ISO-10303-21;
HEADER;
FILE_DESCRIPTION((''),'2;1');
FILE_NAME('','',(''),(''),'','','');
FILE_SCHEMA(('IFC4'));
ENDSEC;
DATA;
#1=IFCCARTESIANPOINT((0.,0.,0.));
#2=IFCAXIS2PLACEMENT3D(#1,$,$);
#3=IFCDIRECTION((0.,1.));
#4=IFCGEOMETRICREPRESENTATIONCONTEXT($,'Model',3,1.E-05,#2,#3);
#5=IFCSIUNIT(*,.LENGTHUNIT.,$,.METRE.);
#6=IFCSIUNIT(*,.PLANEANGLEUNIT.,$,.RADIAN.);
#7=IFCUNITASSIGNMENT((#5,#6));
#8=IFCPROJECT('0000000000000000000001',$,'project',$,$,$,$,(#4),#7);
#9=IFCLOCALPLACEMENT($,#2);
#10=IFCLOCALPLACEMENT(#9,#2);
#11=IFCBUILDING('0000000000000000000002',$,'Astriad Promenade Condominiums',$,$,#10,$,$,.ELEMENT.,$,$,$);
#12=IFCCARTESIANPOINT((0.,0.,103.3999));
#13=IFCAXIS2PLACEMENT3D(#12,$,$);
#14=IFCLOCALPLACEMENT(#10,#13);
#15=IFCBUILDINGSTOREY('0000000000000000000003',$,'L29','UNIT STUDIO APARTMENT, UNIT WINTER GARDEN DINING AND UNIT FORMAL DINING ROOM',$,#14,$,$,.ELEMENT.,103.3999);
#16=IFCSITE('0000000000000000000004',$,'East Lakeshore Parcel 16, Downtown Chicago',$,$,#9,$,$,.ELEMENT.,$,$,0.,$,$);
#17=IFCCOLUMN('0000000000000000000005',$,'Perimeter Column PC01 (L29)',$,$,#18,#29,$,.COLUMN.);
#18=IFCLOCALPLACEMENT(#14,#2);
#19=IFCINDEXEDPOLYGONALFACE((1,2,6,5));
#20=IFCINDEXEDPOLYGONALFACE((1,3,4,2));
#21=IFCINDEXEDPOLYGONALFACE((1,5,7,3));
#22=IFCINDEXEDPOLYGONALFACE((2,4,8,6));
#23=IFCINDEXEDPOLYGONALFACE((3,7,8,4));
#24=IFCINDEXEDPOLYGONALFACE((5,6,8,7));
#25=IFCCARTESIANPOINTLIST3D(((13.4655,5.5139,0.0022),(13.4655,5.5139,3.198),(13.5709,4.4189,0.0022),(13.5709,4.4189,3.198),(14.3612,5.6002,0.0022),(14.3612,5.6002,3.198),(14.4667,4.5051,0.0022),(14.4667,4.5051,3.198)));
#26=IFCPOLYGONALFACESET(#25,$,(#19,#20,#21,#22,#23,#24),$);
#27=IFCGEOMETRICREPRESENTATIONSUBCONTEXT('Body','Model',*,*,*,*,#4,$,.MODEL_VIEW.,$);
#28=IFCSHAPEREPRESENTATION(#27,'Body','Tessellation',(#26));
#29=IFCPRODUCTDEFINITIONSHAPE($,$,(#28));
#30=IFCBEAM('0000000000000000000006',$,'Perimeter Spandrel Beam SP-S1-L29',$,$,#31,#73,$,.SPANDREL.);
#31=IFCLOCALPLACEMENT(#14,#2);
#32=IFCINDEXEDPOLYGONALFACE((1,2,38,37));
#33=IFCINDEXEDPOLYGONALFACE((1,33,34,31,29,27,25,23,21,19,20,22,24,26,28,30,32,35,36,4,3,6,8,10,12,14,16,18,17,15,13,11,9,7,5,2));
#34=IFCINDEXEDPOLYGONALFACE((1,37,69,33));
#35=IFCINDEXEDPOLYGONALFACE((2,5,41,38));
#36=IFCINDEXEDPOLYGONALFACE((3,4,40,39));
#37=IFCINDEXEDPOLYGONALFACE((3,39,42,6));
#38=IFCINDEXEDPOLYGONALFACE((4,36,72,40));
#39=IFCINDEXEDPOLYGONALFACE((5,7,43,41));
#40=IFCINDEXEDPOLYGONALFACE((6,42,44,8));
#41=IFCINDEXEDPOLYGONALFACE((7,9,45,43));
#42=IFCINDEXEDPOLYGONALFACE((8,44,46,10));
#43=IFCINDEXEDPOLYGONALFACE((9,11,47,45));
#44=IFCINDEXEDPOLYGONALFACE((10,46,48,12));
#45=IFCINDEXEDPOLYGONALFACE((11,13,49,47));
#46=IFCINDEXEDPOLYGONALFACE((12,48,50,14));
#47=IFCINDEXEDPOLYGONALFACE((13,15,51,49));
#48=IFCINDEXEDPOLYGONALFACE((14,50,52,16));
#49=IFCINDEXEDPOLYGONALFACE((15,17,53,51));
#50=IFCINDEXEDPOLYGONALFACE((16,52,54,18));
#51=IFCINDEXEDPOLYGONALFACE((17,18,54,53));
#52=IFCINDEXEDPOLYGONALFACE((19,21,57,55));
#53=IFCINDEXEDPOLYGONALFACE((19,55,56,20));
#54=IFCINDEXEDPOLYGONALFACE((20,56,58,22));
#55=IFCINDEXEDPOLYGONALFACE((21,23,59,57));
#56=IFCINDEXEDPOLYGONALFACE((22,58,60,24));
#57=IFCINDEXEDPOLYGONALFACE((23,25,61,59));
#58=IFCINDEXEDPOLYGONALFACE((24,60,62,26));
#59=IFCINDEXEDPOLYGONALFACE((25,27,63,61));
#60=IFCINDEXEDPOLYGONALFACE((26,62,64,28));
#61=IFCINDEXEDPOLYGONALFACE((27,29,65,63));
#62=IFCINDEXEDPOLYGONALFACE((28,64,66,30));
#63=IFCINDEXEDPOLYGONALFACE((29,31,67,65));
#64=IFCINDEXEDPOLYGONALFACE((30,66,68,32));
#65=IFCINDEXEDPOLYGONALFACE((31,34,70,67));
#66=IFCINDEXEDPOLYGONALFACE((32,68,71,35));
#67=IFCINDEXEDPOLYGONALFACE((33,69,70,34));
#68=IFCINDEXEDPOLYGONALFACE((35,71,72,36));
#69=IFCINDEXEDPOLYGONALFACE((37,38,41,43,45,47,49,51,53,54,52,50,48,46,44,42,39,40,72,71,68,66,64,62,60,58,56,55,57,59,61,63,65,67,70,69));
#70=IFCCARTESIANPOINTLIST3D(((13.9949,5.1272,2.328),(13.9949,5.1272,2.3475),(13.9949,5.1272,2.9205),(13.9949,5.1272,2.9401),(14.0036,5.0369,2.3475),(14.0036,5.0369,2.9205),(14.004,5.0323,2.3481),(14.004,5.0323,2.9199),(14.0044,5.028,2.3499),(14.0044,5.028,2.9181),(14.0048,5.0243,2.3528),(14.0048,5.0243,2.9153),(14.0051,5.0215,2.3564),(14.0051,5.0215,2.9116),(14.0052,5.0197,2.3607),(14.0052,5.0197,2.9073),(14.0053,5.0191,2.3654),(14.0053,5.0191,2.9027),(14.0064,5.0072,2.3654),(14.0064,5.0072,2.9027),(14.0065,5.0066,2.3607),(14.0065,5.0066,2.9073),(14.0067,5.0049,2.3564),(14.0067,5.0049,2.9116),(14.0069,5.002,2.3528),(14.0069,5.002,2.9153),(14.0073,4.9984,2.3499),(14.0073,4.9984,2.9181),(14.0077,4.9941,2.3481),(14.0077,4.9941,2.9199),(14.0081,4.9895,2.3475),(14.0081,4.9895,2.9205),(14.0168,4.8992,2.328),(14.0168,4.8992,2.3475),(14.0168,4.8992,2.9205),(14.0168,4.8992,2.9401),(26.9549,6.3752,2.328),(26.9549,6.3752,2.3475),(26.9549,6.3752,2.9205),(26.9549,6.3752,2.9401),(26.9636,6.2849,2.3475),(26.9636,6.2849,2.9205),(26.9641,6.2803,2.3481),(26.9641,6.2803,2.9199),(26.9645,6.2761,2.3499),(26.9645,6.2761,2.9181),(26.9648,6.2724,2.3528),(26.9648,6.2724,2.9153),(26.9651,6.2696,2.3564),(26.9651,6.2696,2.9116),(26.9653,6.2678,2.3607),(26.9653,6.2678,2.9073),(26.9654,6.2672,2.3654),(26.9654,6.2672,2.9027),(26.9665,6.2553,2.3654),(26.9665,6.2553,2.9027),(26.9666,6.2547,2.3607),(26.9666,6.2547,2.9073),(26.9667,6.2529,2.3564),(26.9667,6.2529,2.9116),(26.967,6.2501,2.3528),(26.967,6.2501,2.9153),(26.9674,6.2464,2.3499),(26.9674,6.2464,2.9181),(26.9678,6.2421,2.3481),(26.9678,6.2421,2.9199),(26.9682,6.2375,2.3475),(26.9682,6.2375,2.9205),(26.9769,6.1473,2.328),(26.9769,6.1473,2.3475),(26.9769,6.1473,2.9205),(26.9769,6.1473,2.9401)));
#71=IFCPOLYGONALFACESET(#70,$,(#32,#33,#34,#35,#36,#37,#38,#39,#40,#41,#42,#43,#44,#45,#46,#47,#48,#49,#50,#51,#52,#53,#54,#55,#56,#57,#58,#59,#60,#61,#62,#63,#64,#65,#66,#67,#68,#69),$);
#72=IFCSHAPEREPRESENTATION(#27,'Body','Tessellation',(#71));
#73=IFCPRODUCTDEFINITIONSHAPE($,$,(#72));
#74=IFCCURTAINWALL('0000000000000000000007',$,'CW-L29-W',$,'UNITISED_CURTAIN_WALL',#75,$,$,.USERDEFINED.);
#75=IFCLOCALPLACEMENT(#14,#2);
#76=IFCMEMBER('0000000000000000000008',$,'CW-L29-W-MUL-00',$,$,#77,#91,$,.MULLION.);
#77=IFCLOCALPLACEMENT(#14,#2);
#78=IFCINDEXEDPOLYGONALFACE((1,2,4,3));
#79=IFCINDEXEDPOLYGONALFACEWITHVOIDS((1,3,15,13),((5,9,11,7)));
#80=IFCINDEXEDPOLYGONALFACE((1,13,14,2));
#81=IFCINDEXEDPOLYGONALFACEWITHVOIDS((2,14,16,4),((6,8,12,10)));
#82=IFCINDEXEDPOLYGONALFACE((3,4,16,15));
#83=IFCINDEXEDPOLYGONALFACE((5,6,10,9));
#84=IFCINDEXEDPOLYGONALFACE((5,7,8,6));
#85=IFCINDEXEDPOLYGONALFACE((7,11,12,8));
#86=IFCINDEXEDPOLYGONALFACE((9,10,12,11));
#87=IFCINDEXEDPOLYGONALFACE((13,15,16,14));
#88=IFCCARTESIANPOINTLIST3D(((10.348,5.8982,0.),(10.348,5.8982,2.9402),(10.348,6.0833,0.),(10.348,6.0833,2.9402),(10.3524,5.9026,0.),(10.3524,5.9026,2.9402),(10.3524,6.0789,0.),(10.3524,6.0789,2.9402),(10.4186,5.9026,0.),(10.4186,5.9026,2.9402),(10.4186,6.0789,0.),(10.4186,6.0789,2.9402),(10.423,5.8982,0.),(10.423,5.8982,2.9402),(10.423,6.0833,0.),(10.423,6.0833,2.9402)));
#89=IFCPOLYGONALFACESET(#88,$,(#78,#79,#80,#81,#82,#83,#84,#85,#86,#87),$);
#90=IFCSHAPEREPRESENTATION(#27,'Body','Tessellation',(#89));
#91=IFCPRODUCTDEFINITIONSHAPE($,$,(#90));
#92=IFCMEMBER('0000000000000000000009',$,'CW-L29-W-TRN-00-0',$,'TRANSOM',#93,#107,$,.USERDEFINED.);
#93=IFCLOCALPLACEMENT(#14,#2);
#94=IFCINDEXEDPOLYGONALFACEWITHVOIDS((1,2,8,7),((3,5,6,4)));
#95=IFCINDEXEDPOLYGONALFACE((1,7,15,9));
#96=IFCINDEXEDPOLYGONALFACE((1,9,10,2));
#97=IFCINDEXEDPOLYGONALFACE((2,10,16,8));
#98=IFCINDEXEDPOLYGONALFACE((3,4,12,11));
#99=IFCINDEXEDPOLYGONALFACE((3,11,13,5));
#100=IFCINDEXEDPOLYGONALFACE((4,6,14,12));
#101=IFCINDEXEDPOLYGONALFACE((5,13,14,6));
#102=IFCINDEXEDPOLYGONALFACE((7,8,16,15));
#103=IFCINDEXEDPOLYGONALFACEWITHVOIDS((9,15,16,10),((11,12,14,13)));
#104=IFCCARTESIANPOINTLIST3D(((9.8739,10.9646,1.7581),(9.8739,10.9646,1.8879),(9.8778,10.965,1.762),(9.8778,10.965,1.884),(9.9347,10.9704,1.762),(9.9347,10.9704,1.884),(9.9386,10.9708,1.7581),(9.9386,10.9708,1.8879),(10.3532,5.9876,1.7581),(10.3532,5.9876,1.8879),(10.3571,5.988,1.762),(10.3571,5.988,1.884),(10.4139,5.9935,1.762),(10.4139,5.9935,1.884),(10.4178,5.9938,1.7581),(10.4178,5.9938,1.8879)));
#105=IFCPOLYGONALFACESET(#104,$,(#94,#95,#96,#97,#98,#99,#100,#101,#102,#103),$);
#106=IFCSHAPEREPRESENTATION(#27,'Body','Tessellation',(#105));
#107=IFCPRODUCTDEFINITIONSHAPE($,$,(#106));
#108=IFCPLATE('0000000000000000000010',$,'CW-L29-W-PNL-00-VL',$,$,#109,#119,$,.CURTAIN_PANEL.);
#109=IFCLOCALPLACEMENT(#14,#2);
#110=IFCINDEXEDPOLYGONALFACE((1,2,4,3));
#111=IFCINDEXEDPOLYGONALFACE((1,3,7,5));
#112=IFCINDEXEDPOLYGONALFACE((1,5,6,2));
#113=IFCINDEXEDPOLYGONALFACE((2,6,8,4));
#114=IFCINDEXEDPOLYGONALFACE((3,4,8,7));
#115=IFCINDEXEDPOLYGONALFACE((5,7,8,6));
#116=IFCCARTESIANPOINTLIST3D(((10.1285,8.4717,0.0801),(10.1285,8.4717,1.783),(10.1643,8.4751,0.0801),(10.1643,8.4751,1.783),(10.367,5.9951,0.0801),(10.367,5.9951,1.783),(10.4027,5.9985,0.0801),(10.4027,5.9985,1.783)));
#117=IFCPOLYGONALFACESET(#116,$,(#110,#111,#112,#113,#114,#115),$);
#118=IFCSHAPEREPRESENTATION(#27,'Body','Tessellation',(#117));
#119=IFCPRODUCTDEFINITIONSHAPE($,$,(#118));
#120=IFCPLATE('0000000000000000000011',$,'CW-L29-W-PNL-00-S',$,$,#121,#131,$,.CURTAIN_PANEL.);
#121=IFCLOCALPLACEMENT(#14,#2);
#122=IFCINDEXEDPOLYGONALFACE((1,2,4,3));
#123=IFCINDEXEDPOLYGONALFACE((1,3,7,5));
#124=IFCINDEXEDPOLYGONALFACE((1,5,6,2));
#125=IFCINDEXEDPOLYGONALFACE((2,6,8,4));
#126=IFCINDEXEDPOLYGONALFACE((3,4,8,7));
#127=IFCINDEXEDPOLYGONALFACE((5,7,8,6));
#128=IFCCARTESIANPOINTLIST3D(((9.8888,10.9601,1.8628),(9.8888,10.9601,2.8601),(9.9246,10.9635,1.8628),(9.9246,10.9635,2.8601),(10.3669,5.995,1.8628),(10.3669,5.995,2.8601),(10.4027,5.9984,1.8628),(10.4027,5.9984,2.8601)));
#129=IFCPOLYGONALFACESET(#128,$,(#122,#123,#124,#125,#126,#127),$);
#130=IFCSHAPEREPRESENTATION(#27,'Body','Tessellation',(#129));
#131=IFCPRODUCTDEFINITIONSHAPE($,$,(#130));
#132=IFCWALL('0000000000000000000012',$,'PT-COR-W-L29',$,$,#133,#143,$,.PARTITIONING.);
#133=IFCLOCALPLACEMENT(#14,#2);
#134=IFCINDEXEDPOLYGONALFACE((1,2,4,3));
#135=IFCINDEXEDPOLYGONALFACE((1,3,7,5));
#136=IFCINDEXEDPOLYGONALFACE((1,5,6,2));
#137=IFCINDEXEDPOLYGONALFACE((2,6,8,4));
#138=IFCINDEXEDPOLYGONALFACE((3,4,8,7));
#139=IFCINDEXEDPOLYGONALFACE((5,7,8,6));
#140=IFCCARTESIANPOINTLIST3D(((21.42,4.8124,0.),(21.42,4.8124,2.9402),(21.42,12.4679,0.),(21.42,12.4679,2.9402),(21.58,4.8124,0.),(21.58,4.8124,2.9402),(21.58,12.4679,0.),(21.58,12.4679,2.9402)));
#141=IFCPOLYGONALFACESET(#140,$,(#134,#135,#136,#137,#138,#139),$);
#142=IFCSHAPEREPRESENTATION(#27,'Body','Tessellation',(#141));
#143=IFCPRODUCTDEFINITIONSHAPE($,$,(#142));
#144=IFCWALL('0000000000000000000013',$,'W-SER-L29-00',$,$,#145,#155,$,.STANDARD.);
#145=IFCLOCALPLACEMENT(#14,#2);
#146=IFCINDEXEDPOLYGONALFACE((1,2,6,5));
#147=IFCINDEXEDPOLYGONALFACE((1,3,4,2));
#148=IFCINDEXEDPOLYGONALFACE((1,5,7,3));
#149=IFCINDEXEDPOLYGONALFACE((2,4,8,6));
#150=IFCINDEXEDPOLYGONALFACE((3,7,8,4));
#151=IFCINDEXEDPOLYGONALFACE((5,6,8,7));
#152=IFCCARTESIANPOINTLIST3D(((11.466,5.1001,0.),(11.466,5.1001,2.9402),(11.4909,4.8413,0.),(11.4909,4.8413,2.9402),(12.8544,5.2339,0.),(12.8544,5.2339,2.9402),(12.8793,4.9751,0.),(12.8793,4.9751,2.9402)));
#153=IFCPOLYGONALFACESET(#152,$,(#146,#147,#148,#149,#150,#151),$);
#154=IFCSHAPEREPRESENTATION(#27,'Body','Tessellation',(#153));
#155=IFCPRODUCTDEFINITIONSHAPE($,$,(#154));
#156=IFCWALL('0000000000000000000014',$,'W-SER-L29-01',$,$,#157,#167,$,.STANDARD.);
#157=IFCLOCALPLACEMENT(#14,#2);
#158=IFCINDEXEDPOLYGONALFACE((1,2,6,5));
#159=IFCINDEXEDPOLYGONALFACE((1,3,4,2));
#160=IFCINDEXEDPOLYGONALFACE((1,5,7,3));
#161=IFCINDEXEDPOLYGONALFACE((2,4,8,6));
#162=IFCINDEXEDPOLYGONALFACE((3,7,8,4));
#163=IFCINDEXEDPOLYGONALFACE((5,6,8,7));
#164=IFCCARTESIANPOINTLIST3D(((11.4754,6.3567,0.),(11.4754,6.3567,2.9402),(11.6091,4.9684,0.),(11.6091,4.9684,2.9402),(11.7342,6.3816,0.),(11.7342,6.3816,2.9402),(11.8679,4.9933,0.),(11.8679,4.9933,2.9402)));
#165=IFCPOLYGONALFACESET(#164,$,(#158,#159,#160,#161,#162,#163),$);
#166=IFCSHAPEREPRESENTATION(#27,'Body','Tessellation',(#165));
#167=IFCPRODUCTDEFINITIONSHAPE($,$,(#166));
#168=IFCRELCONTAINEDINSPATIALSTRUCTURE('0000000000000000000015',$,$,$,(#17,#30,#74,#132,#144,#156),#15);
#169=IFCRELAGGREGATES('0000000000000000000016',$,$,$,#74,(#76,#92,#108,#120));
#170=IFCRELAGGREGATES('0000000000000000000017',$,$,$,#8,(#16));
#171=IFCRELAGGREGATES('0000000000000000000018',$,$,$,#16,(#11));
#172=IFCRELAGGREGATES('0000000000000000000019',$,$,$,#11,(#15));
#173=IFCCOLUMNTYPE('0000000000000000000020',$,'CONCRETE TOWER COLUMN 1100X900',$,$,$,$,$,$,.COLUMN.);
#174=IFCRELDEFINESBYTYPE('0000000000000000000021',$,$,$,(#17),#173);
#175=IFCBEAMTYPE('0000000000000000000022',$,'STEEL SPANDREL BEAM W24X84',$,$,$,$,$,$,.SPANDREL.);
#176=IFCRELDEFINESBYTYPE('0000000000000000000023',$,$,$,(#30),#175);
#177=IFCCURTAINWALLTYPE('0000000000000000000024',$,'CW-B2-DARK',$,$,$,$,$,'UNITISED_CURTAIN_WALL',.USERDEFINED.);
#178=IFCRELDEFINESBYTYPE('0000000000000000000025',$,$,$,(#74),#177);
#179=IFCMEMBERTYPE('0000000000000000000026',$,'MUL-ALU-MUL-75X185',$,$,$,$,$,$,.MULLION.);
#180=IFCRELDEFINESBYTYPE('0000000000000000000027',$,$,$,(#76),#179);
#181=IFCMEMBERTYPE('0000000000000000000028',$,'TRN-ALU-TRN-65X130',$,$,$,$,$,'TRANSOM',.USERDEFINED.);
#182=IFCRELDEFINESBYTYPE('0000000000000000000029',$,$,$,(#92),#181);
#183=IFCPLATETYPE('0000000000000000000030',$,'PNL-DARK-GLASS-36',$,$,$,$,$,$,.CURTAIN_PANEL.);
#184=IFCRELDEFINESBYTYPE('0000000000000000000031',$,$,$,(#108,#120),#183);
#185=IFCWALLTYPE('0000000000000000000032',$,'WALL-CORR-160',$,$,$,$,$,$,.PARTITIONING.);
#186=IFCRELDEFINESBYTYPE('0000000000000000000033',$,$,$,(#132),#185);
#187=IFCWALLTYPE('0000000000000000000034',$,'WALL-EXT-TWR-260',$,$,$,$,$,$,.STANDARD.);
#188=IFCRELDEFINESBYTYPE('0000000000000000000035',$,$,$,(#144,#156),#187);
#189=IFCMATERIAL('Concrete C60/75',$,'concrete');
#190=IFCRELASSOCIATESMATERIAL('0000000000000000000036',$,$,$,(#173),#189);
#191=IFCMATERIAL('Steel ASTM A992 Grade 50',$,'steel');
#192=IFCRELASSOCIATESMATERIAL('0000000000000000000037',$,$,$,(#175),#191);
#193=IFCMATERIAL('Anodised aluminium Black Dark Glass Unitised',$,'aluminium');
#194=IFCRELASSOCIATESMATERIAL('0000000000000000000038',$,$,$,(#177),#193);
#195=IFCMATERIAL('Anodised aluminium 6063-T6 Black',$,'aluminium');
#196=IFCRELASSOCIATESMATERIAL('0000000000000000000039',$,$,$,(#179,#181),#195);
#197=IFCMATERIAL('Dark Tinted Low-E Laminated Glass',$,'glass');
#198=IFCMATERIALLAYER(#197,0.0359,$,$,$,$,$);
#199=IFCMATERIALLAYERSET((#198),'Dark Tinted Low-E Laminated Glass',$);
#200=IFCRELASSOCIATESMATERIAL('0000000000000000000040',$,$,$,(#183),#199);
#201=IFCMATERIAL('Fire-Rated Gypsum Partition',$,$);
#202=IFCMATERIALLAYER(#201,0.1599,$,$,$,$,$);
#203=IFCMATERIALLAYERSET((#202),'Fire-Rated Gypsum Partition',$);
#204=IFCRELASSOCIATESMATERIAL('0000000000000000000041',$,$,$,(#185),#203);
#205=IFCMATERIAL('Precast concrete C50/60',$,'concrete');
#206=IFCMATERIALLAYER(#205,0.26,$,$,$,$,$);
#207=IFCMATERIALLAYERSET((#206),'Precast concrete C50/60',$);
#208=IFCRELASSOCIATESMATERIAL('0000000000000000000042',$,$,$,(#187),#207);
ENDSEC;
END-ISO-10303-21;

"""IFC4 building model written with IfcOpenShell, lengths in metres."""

from ifc_helpers import new_model, si_unit, direction, frame, frame_2d, origin, origin_2d, place, context, subcontext, project, spatial, rectangle, hollow_rectangle, i_section, extrude, source, transform, mapped, material, layer, layer_set, material_profile, profile_set, type_object, type_shapes, element, aggregate, save


model = new_model("IFC4")

# Units and contexts
model_context = context("Model", 3, precision=1e-05, world=origin(), true_north=direction((0.0, 1.0)))
body_context = subcontext(model_context, "Body", "Model", "MODEL_VIEW")
ifc_project = project(units=[si_unit("LENGTHUNIT", "METRE"), si_unit("PLANEANGLEUNIT", "RADIAN")], contexts=[model_context])

# Site, building, storey
site_placement = place(None, origin())
site = spatial("IfcSite", under=ifc_project, at=site_placement, Name="East Lakeshore Parcel 16, Downtown Chicago", CompositionType="ELEMENT", RefElevation=0.0)
building_placement = place(site_placement, origin())
building = spatial("IfcBuilding", under=site, at=building_placement, Name="Astriad Promenade Condominiums", CompositionType="ELEMENT")
storey_placement = place(building_placement, frame((0.0, 0.0, 103.3999)))
storey = spatial("IfcBuildingStorey", under=building, at=storey_placement, Name="L29", Description="UNIT STUDIO APARTMENT, UNIT WINTER GARDEN DINING AND UNIT FORMAL DINING ROOM", CompositionType="ELEMENT", Elevation=103.3999)

# Column
ifc_material_1 = material(Name="Concrete C60/75", Category="concrete")
ifc_material_profile_1 = material_profile(ifc_material_1, rectangle(XDim=0.8999, YDim=1.1001, at=origin_2d()), Name="RC-COL-1100X900")
ifc_profile_set_1 = profile_set([ifc_material_profile_1], Name="Concrete C60/75")
column_type = type_object("IfcColumnType", Name="CONCRETE TOWER COLUMN 1100X900", PredefinedType="COLUMN", material=ifc_profile_set_1)
shared_shape_1 = source(origin(), body_context, "Body", "SweptSolid", [
    extrude(rectangle(XDim=0.8999, YDim=1.1001, at=origin_2d()), origin(), (0.0, 0.0, 1.0), 3.1958),
])
type_shapes(column_type, [shared_shape_1])
column_placement = place(storey_placement, frame((13.9661, 5.0095, 0.0022), z_axis=(0.0, 0.0, 1.0), x_axis=(0.995396, 0.095846, 0.0)))
element("IfcColumn", 1, at=column_placement, inside=storey, type_object=column_type, Name="Perimeter Column PC01 (L29)", PredefinedType="COLUMN", context=body_context, shape_type="MappedRepresentation", body=[
    mapped(shared_shape_1, transform((0.0, 0.0, 0.0), scale=1.0)),
])

# Beam
ifc_material_2 = material(Name="Steel ASTM A992 Grade 50", Category="steel")
ifc_material_profile_2 = material_profile(ifc_material_2, i_section(OverallWidth=0.229, OverallDepth=0.6121, WebThickness=0.012, FlangeThickness=0.0195, FilletRadius=0.0178, at=origin_2d()), Name="W24X84")
ifc_profile_set_2 = profile_set([ifc_material_profile_2], Name="Steel ASTM A992 Grade 50")
beam_type = type_object("IfcBeamType", Name="STEEL SPANDREL BEAM W24X84", PredefinedType="SPANDREL", material=ifc_profile_set_2)
shared_shape_2 = source(origin(), body_context, "Body", "SweptSolid", [
    extrude(i_section(OverallWidth=0.229, OverallDepth=0.6121, WebThickness=0.012, FlangeThickness=0.0195, FilletRadius=0.0178, at=origin_2d()), origin(), (0.0, 0.0, 1.0), 13.02),
])
type_shapes(beam_type, [shared_shape_2])
beam_placement = place(storey_placement, frame((14.0059, 5.0132, 2.634), z_axis=(0.995395, 0.095857, 0.0), x_axis=(-0.095857, 0.995395, 0.0)))
element("IfcBeam", 2, at=beam_placement, inside=storey, type_object=beam_type, Name="Perimeter Spandrel Beam SP-S1-L29", PredefinedType="SPANDREL", context=body_context, shape_type="MappedRepresentation", body=[
    mapped(shared_shape_2, transform((0.0, 0.0, 0.0), scale=1.0)),
])

# Curtain wall, members, plates
ifc_material_3 = material(Name="Anodised aluminium Black Dark Glass Unitised", Category="aluminium")
curtain_wall_type = type_object("IfcCurtainWallType", Name="CW-B2-DARK", ElementType="UNITISED_CURTAIN_WALL", PredefinedType="USERDEFINED", material=ifc_material_3)
curtain_wall_placement = place(storey_placement, origin())
curtain_wall = element("IfcCurtainWall", 3, at=curtain_wall_placement, inside=storey, type_object=curtain_wall_type, Name="CW-L29-W", ObjectType="UNITISED_CURTAIN_WALL", PredefinedType="USERDEFINED")
ifc_material_4 = material(Name="Anodised aluminium 6063-T6 Black", Category="aluminium")
ifc_material_profile_3 = material_profile(ifc_material_4, hollow_rectangle(XDim=0.075, YDim=0.1851, WallThickness=0.0044, at=origin_2d()), Name="ALU-MUL-75X185")
ifc_profile_set_3 = profile_set([ifc_material_profile_3], Name="Anodised aluminium 6063-T6 Black")
member_type_1 = type_object("IfcMemberType", Name="MUL-ALU-MUL-75X185", PredefinedType="MULLION", material=ifc_profile_set_3)
shared_shape_3 = source(origin(), body_context, "Body", "SweptSolid", [
    extrude(hollow_rectangle(XDim=0.075, YDim=0.1851, WallThickness=0.0044, at=origin_2d()), origin(), (0.0, 0.0, 1.0), 2.9402),
])
type_shapes(member_type_1, [shared_shape_3])
member_1_placement = place(storey_placement, frame((10.3855, 5.9907, 0.0), z_axis=(0.0, 0.0, 1.0), x_axis=(1.0, 0.0, 0.0)))
member_1 = element("IfcMember", 4, at=member_1_placement, type_object=member_type_1, Name="CW-L29-W-MUL-00", PredefinedType="MULLION", context=body_context, shape_type="MappedRepresentation", body=[
    mapped(shared_shape_3, transform((0.0, 0.0, 0.0), scale=1.0)),
])
ifc_material_profile_4 = material_profile(ifc_material_4, hollow_rectangle(XDim=0.0649, YDim=0.1299, WallThickness=0.0039, at=origin_2d()), Name="ALU-TRN-65X130")
ifc_profile_set_4 = profile_set([ifc_material_profile_4], Name="Anodised aluminium 6063-T6 Black")
member_type_2 = type_object("IfcMemberType", Name="TRN-ALU-TRN-65X130", ElementType="TRANSOM", PredefinedType="USERDEFINED", material=ifc_profile_set_4)
shared_shape_4 = source(origin(), body_context, "Body", "SweptSolid", [
    extrude(hollow_rectangle(XDim=0.0649, YDim=0.1299, WallThickness=0.0039, at=origin_2d()), origin(), (0.0, 0.0, 1.0), 5.0),
])
type_shapes(member_type_2, [shared_shape_4])
member_2_placement = place(storey_placement, frame((10.3855, 5.9907, 1.823), z_axis=(-0.095848, 0.995396, 0.0), x_axis=(-0.995396, -0.095848, 0.0)))
member_2 = element("IfcMember", 5, at=member_2_placement, type_object=member_type_2, Name="CW-L29-W-TRN-00-0", ObjectType="TRANSOM", PredefinedType="USERDEFINED", context=body_context, shape_type="MappedRepresentation", body=[
    mapped(shared_shape_4, transform((0.0, 0.0, 0.0), scale=1.0)),
])
ifc_material_5 = material(Name="Dark Tinted Low-E Laminated Glass", Category="glass")
ifc_layer_1 = layer(ifc_material_5, 0.0359)
ifc_layer_set_1 = layer_set([ifc_layer_1], Name="Dark Tinted Low-E Laminated Glass")
plate_type = type_object("IfcPlateType", Name="PNL-DARK-GLASS-36", PredefinedType="CURTAIN_PANEL", material=ifc_layer_set_1)
shared_shape_5 = source(origin(), body_context, "Body", "SweptSolid", [
    extrude(rectangle(XDim=2.488, YDim=0.0359, at=origin_2d()), origin(), (0.0, 0.0, 1.0), 1.7029),
])
plate_1_placement = place(storey_placement, frame((10.2656, 7.2351, 0.0801), z_axis=(0.0, 0.0, 1.0), x_axis=(-0.095846, 0.995396, 0.0)))
plate_1 = element("IfcPlate", 6, at=plate_1_placement, type_object=plate_type, Name="CW-L29-W-PNL-00-VL", PredefinedType="CURTAIN_PANEL", context=body_context, shape_type="MappedRepresentation", body=[
    mapped(shared_shape_5, transform((0.0, 0.0, 0.0), scale=1.0)),
])
shared_shape_6 = source(origin(), body_context, "Body", "SweptSolid", [
    extrude(rectangle(XDim=4.988, YDim=0.0359, at=origin_2d()), origin(), (0.0, 0.0, 1.0), 0.9973),
])
type_shapes(plate_type, [shared_shape_5, shared_shape_6])
plate_2_placement = place(storey_placement, frame((10.1458, 8.4792, 1.8628), z_axis=(0.0, 0.0, 1.0), x_axis=(-0.095846, 0.995396, 0.0)))
plate_2 = element("IfcPlate", 7, at=plate_2_placement, type_object=plate_type, Name="CW-L29-W-PNL-00-S", PredefinedType="CURTAIN_PANEL", context=body_context, shape_type="MappedRepresentation", body=[
    mapped(shared_shape_6, transform((0.0, 0.0, 0.0), scale=1.0)),
])
aggregate(curtain_wall, [member_1, member_2, plate_1, plate_2])

# Walls
ifc_material_6 = material(Name="Fire-Rated Gypsum Partition")
ifc_layer_2 = layer(ifc_material_6, 0.1599)
ifc_layer_set_2 = layer_set([ifc_layer_2], Name="Fire-Rated Gypsum Partition")
wall_type_1 = type_object("IfcWallType", Name="WALL-CORR-160", PredefinedType="PARTITIONING", material=ifc_layer_set_2)
wall_1_placement = place(storey_placement, frame((21.5, 4.8125, 0.0), z_axis=(0.0, 0.0, 1.0), x_axis=(0.0, 1.0, 0.0)))
element("IfcWall", 8, at=wall_1_placement, inside=storey, type_object=wall_type_1, Name="PT-COR-W-L29", PredefinedType="PARTITIONING", context=body_context, shape_type="SweptSolid", body=[
    extrude(rectangle(XDim=7.6555, YDim=0.1599, at=frame_2d((3.8276, 0.0))), origin(), (0.0, 0.0, 1.0), 2.9402),
])
ifc_material_7 = material(Name="Precast concrete C50/60", Category="concrete")
ifc_layer_3 = layer(ifc_material_7, 0.26)
ifc_layer_set_3 = layer_set([ifc_layer_3], Name="Precast concrete C50/60")
wall_type_2 = type_object("IfcWallType", Name="WALL-EXT-TWR-260", PredefinedType="STANDARD", material=ifc_layer_set_3)
for number, where, z_axis, x_axis, name in (
    (9, (12.8667, 5.1045, 0.0), (0.0, 0.0, 1.0), (-0.995389, -0.095916, 0.0), "W-SER-L29-00"),
    (10, (11.7385, 4.981, 0.0), (0.0, 0.0, 1.0), (-0.095916, 0.995389, 0.0), "W-SER-L29-01"),
):
    element("IfcWall", number, at=place(storey_placement, frame(where, z_axis=z_axis, x_axis=x_axis)), inside=storey, type_object=wall_type_2, Name=name, PredefinedType="STANDARD", context=body_context, shape_type="SweptSolid", body=[
        extrude(rectangle(XDim=1.3948, YDim=0.26, at=frame_2d((0.6973, 0.0))), origin(), (0.0, 0.0, 1.0), 2.9402),
    ])

save(model, "model.ifc")
